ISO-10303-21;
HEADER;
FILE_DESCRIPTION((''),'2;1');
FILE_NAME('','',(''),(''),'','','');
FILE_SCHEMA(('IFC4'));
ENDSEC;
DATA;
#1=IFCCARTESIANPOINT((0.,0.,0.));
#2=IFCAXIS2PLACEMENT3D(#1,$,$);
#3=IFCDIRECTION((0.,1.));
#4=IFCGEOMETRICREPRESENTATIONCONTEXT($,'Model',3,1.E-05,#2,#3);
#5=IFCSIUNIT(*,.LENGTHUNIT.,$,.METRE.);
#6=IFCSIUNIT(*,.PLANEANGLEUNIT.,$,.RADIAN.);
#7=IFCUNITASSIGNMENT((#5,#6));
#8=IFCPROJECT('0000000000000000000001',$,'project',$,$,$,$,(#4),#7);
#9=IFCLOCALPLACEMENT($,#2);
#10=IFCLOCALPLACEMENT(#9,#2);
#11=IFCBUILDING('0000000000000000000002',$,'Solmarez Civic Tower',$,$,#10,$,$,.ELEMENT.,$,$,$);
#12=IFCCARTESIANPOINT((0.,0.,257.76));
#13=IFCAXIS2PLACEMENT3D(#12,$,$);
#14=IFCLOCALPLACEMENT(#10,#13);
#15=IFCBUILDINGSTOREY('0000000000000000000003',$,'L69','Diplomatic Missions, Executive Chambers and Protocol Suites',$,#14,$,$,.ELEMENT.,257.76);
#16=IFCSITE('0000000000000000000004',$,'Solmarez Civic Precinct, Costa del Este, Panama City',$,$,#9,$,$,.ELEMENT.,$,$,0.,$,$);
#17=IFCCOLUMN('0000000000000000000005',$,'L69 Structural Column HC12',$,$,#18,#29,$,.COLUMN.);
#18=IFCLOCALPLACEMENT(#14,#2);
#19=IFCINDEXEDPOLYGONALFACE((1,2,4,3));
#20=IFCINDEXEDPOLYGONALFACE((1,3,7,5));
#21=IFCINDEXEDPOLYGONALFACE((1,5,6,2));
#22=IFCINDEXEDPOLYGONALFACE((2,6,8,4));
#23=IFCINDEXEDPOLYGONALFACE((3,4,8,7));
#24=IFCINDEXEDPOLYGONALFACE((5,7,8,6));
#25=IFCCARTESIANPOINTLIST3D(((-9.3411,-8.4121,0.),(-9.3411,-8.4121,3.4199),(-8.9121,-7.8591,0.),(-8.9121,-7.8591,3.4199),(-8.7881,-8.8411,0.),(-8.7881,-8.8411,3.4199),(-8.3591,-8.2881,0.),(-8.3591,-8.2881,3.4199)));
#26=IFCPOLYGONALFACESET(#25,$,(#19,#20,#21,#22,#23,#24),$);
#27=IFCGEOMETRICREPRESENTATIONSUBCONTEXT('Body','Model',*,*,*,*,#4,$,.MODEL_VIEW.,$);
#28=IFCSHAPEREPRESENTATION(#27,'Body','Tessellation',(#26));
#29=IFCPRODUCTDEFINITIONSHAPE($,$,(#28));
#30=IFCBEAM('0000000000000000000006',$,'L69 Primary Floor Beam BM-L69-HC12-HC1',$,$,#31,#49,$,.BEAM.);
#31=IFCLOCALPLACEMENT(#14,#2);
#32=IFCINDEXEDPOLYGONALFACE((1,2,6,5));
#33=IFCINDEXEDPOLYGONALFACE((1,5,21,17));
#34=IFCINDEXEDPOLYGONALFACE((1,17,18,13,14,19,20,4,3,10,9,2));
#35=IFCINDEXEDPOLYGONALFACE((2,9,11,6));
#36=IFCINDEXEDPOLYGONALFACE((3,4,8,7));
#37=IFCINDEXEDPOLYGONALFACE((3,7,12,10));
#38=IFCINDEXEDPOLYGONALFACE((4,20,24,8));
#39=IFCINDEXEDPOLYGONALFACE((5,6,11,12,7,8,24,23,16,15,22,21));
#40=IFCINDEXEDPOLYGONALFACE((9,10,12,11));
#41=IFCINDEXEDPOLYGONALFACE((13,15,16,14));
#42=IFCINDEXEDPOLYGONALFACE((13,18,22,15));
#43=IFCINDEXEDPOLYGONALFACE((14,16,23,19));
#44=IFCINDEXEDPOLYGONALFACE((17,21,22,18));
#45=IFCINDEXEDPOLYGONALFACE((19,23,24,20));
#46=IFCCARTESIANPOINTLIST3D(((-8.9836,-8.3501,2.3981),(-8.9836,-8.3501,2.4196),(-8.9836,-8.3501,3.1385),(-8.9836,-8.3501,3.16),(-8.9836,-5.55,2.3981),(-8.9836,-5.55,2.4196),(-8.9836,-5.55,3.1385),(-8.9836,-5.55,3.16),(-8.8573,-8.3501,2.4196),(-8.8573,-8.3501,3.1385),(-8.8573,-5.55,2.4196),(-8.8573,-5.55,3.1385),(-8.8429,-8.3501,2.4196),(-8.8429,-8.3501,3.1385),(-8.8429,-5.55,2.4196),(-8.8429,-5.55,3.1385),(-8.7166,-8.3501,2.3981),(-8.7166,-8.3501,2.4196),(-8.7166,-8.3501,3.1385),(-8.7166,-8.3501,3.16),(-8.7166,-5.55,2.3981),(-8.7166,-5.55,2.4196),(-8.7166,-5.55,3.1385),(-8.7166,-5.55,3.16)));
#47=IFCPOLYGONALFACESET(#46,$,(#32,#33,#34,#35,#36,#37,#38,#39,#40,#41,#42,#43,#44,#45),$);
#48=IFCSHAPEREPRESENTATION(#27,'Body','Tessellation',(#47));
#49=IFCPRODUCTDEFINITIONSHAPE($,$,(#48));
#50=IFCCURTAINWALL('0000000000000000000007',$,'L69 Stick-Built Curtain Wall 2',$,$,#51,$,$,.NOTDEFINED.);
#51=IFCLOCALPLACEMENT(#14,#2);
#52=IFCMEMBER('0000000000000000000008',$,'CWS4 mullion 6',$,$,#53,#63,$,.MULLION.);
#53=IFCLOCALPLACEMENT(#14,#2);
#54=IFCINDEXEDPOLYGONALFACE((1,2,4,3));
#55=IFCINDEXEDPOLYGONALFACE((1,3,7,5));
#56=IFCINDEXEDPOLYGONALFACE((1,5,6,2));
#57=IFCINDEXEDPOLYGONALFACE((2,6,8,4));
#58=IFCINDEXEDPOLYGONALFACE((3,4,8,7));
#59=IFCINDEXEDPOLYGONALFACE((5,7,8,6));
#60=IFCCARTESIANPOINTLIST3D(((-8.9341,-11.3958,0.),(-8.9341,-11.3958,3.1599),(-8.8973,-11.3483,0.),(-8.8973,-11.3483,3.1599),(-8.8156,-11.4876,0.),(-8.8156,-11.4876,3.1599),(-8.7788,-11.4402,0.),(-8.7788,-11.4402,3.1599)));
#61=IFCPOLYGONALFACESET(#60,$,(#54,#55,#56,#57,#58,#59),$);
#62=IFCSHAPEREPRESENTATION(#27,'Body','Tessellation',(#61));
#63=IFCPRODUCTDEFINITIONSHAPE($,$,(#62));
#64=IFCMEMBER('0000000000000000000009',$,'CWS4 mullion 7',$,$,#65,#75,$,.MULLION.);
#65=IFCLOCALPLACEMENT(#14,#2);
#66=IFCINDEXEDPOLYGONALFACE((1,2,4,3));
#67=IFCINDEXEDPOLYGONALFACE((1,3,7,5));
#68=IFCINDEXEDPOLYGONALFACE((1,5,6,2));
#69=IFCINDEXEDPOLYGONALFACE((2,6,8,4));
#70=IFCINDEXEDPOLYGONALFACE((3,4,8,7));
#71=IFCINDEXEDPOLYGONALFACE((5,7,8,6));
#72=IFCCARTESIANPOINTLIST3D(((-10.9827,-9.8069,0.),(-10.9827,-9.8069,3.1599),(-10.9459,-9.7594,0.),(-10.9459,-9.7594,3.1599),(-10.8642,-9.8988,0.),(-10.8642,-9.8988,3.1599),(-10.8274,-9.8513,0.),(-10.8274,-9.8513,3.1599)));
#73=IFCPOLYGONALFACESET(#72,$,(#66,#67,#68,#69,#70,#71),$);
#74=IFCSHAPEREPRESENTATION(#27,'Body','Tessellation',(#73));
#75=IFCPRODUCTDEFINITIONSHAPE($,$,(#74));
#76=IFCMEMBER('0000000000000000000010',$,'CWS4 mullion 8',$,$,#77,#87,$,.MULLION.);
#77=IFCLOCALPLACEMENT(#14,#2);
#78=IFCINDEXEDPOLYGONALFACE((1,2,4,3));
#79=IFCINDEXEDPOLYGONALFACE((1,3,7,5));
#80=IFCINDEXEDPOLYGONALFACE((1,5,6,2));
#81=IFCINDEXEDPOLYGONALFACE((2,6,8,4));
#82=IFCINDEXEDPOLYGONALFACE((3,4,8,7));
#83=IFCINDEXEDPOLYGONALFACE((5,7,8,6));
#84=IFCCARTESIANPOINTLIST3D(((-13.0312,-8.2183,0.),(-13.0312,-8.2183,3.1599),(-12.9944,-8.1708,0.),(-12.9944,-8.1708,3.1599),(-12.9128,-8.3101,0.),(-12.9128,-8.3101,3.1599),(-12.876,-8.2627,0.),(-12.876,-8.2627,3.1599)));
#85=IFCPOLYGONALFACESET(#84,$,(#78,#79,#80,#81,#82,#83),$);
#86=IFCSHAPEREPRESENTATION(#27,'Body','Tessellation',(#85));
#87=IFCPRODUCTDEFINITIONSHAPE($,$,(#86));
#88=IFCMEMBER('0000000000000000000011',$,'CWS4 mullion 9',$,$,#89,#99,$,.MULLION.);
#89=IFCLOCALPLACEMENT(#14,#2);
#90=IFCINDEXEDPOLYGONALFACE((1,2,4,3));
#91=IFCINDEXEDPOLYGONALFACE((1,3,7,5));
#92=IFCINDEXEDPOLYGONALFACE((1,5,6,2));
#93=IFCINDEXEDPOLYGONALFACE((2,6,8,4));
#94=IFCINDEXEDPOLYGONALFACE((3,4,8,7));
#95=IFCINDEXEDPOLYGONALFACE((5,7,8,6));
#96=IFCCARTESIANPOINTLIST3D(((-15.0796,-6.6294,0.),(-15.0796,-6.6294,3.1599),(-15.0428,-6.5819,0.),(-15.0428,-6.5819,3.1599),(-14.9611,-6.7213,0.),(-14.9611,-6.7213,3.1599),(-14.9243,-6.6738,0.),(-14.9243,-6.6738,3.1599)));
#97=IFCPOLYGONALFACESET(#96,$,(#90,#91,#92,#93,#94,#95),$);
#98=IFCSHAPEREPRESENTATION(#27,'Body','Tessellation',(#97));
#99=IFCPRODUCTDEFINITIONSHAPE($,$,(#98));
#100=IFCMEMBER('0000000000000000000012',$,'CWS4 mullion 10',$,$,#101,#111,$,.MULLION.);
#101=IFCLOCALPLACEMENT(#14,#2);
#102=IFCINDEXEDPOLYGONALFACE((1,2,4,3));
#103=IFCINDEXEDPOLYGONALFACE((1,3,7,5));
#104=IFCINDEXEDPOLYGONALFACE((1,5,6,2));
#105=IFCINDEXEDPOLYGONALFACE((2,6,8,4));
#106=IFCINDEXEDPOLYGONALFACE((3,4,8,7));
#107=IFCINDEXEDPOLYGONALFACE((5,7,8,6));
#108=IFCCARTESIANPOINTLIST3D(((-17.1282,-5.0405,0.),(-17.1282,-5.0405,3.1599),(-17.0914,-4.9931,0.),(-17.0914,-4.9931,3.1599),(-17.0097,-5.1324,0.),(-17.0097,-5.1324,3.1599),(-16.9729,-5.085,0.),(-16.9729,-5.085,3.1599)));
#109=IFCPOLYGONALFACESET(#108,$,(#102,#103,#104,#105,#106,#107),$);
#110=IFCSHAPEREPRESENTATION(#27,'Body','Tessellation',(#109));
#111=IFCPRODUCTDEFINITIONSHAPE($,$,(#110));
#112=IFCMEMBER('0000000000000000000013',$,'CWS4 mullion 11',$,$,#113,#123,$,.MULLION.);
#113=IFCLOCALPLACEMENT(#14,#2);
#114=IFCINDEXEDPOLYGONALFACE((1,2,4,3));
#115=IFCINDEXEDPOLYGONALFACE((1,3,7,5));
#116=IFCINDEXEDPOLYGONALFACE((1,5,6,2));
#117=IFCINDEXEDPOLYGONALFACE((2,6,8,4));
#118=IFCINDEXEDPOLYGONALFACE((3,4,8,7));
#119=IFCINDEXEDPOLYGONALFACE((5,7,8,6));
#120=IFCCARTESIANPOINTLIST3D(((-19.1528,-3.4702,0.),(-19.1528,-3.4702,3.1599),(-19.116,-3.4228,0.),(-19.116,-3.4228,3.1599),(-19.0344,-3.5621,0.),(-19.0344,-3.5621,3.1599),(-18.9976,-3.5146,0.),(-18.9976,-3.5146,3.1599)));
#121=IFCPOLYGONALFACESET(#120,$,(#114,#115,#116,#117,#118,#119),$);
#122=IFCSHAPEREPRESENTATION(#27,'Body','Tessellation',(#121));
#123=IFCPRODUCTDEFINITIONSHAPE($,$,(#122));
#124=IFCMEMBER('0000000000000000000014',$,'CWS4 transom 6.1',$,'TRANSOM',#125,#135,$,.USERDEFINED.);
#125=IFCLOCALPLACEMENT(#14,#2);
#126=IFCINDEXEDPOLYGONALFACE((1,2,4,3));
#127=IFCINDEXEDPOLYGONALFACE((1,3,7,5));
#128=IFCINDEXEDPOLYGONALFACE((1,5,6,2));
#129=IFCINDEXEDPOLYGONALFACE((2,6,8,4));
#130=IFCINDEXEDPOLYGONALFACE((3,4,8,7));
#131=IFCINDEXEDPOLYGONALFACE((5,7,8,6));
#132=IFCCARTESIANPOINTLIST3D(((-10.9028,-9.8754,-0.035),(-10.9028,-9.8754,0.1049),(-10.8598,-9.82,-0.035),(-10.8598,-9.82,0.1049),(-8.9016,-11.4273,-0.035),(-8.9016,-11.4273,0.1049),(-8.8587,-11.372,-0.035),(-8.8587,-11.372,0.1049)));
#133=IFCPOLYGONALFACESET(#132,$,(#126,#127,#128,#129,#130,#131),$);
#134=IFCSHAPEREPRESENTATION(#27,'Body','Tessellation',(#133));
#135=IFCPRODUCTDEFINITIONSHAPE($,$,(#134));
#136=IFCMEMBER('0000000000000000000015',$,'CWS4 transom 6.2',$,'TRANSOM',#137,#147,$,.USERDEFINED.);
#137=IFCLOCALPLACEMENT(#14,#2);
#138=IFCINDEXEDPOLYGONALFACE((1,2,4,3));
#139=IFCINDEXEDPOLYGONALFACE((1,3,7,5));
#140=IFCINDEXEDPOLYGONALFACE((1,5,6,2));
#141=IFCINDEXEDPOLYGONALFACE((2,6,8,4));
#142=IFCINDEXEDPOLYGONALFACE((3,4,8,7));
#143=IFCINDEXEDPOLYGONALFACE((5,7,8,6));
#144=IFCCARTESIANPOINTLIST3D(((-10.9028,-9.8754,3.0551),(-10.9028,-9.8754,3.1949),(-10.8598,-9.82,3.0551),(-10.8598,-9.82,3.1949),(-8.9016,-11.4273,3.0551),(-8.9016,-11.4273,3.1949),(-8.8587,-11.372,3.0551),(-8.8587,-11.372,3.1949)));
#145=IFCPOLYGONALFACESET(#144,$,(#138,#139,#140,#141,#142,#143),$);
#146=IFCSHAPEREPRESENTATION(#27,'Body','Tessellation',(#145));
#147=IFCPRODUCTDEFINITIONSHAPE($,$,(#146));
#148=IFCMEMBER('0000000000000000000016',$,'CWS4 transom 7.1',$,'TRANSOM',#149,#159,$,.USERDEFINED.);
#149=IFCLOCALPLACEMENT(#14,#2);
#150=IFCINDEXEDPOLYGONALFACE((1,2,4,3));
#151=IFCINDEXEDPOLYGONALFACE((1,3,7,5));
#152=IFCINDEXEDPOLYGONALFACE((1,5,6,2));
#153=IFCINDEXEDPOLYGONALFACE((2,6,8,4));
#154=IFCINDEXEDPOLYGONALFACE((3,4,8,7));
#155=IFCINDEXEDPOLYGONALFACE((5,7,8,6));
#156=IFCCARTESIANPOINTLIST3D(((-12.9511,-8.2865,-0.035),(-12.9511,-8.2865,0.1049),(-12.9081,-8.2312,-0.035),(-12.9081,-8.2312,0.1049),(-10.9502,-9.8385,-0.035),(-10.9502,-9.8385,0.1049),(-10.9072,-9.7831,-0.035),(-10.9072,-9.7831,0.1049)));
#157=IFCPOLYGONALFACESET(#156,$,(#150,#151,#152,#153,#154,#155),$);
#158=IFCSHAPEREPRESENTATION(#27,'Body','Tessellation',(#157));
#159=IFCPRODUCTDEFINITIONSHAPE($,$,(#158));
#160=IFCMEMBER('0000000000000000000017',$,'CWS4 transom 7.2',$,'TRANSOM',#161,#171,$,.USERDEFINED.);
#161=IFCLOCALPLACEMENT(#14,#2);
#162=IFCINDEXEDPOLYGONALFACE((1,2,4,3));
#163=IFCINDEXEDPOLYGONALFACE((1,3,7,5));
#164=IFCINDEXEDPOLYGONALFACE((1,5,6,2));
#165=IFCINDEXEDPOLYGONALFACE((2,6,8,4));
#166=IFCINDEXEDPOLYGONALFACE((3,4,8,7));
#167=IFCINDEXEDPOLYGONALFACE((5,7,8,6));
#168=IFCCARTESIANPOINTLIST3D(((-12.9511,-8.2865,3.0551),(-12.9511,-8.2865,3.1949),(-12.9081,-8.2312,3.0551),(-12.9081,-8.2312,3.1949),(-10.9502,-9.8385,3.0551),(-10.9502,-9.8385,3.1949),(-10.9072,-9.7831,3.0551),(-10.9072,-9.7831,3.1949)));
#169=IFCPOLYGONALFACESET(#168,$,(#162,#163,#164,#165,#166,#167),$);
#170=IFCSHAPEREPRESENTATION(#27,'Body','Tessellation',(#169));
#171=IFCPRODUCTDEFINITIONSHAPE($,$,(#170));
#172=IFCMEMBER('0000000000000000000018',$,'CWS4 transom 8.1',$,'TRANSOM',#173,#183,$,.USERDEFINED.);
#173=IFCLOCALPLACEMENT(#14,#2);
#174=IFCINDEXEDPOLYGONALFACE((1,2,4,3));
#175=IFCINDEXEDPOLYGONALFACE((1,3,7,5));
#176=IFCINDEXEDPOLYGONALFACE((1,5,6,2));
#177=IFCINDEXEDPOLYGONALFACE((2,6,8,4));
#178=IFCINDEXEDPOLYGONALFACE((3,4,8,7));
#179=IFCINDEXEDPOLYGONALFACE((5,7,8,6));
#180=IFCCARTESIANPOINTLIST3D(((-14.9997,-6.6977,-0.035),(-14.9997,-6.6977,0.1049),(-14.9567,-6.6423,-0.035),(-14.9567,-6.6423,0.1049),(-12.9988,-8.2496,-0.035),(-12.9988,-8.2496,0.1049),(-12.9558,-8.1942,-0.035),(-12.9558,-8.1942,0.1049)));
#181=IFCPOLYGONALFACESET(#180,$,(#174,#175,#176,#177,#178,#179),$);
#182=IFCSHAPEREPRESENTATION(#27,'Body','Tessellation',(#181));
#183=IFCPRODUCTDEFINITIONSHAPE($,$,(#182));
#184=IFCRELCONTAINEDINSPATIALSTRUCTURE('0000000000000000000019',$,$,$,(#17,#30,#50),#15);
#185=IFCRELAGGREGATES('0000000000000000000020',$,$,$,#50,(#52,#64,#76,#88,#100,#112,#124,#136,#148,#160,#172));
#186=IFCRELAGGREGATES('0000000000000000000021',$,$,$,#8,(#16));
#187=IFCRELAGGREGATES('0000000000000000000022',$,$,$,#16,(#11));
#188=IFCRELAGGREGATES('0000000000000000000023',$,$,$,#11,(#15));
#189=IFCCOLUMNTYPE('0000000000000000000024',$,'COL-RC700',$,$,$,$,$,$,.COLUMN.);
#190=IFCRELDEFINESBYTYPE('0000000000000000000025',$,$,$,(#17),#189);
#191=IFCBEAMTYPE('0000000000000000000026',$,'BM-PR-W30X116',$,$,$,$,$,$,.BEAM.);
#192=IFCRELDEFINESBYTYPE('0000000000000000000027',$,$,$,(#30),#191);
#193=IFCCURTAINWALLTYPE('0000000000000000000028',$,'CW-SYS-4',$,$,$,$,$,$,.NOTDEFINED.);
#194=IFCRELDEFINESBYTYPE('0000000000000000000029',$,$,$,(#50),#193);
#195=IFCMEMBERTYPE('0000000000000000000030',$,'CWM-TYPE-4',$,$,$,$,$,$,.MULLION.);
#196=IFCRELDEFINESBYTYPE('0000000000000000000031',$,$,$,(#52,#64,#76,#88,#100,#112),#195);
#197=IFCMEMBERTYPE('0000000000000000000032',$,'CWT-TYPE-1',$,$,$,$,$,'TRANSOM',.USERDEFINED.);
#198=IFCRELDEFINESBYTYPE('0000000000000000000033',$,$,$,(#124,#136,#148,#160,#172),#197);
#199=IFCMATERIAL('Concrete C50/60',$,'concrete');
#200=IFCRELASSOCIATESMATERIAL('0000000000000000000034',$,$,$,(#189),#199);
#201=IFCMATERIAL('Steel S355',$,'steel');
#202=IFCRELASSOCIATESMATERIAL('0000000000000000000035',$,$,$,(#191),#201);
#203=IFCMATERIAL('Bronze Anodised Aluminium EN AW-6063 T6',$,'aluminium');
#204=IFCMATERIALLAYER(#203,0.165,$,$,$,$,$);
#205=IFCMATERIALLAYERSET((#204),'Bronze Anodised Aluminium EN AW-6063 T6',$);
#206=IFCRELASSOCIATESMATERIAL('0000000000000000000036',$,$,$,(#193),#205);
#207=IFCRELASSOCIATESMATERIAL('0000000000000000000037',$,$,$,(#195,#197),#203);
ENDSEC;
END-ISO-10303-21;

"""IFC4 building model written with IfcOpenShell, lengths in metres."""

from ifc_helpers import new_model, si_unit, direction, frame, origin, origin_2d, place, context, subcontext, project, spatial, rectangle, i_section, extrude, material, layer, layer_set, material_profile, profile_set, type_object, element, aggregate, save


model = new_model("IFC4")

# Units and contexts
model_context = context("Model", 3, precision=1e-05, world=origin(), true_north=direction((0.0, 1.0)))
body_context = subcontext(model_context, "Body", "Model", "MODEL_VIEW")
ifc_project = project(units=[si_unit("LENGTHUNIT", "METRE"), si_unit("PLANEANGLEUNIT", "RADIAN")], contexts=[model_context])

# Site, building, storey
site_placement = place(None, origin())
site = spatial("IfcSite", under=ifc_project, at=site_placement, Name="Solmarez Civic Precinct, Costa del Este, Panama City", CompositionType="ELEMENT", RefElevation=0.0)
building_placement = place(site_placement, origin())
building = spatial("IfcBuilding", under=site, at=building_placement, Name="Solmarez Civic Tower", CompositionType="ELEMENT")
storey_placement = place(building_placement, frame((0.0, 0.0, 257.76)))
storey = spatial("IfcBuildingStorey", under=building, at=storey_placement, Name="L69", Description="Diplomatic Missions, Executive Chambers and Protocol Suites", CompositionType="ELEMENT", Elevation=257.76)

# Column
ifc_material_1 = material(Name="Concrete C50/60", Category="concrete")
ifc_material_profile_1 = material_profile(ifc_material_1, rectangle(XDim=0.7, YDim=0.7, at=origin_2d()), Name="RC700X700")
ifc_profile_set_1 = profile_set([ifc_material_profile_1], Name="Concrete C50/60")
column_type = type_object("IfcColumnType", Name="COL-RC700", PredefinedType="COLUMN", material=ifc_profile_set_1)
column_placement = place(storey_placement, frame((-8.8501, -8.3501, 0.0), z_axis=(0.0, 0.0, 1.0), x_axis=(0.612907, 0.790155, 0.0)))
element("IfcColumn", 1, at=column_placement, inside=storey, type_object=column_type, Name="L69 Structural Column HC12", PredefinedType="COLUMN", context=body_context, shape_type="SweptSolid", body=[
    extrude(rectangle(XDim=0.7, YDim=0.7, at=origin_2d()), origin(), (0.0, 0.0, 1.0), 3.4199),
])

# Beam
ifc_material_2 = material(Name="Steel S355", Category="steel")
ifc_material_profile_2 = material_profile(ifc_material_2, i_section(OverallWidth=0.2671, OverallDepth=0.762, WebThickness=0.0144, FlangeThickness=0.0215, at=origin_2d()), Name="W30X116")
ifc_profile_set_2 = profile_set([ifc_material_profile_2], Name="Steel S355")
beam_type = type_object("IfcBeamType", Name="BM-PR-W30X116", PredefinedType="BEAM", material=ifc_profile_set_2)
beam_placement = place(storey_placement, frame((-8.8501, -8.3501, 2.7791), z_axis=(0.0, 1.0, 0.0), x_axis=(-1.0, 0.0, 0.0)))
element("IfcBeam", 2, at=beam_placement, inside=storey, type_object=beam_type, Name="L69 Primary Floor Beam BM-L69-HC12-HC1", PredefinedType="BEAM", context=body_context, shape_type="SweptSolid", body=[
    extrude(i_section(OverallWidth=0.2671, OverallDepth=0.762, WebThickness=0.0144, FlangeThickness=0.0215, at=origin_2d()), origin(), (0.0, 0.0, 1.0), 2.8),
])

# Curtain wall, members
ifc_material_3 = material(Name="Bronze Anodised Aluminium EN AW-6063 T6", Category="aluminium")
ifc_layer_1 = layer(ifc_material_3, 0.165)
ifc_layer_set_1 = layer_set([ifc_layer_1], Name="Bronze Anodised Aluminium EN AW-6063 T6")
curtain_wall_type = type_object("IfcCurtainWallType", Name="CW-SYS-4", PredefinedType="NOTDEFINED", material=ifc_layer_set_1)
curtain_wall_placement = place(storey_placement, origin())
curtain_wall = element("IfcCurtainWall", 3, at=curtain_wall_placement, inside=storey, type_object=curtain_wall_type, Name="L69 Stick-Built Curtain Wall 2", PredefinedType="NOTDEFINED")
ifc_material_profile_3 = material_profile(ifc_material_3, rectangle(XDim=0.0601, YDim=0.1499, at=origin_2d()), Name="CWM-60X150")
ifc_profile_set_3 = profile_set([ifc_material_profile_3], Name="Bronze Anodised Aluminium EN AW-6063 T6")
member_type_1 = type_object("IfcMemberType", Name="CWM-TYPE-4", PredefinedType="MULLION", material=ifc_profile_set_3)
member_1_placement = place(storey_placement, frame((-8.8564, -11.418, 0.0), z_axis=(0.0, 0.0, 1.0), x_axis=(-0.612864, -0.790189, 0.0)))
member_1 = element("IfcMember", 4, at=member_1_placement, type_object=member_type_1, Name="CWS4 mullion 6", PredefinedType="MULLION", context=body_context, shape_type="SweptSolid", body=[
    extrude(rectangle(XDim=0.0601, YDim=0.1499, at=origin_2d()), origin(), (0.0, 0.0, 1.0), 3.1599),
])
member_2_placement = place(storey_placement, frame((-10.905, -9.8291, 0.0), z_axis=(0.0, 0.0, 1.0), x_axis=(-0.612864, -0.790189, 0.0)))
member_2 = element("IfcMember", 5, at=member_2_placement, type_object=member_type_1, Name="CWS4 mullion 7", PredefinedType="MULLION", context=body_context, shape_type="SweptSolid", body=[
    extrude(rectangle(XDim=0.0601, YDim=0.1499, at=origin_2d()), origin(), (0.0, 0.0, 1.0), 3.1599),
])
member_3_placement = place(storey_placement, frame((-12.9536, -8.2405, 0.0), z_axis=(0.0, 0.0, 1.0), x_axis=(-0.612864, -0.790189, 0.0)))
member_3 = element("IfcMember", 6, at=member_3_placement, type_object=member_type_1, Name="CWS4 mullion 8", PredefinedType="MULLION", context=body_context, shape_type="SweptSolid", body=[
    extrude(rectangle(XDim=0.0601, YDim=0.1499, at=origin_2d()), origin(), (0.0, 0.0, 1.0), 3.1599),
])
member_4_placement = place(storey_placement, frame((-15.002, -6.6516, 0.0), z_axis=(0.0, 0.0, 1.0), x_axis=(-0.612864, -0.790189, 0.0)))
member_4 = element("IfcMember", 7, at=member_4_placement, type_object=member_type_1, Name="CWS4 mullion 9", PredefinedType="MULLION", context=body_context, shape_type="SweptSolid", body=[
    extrude(rectangle(XDim=0.0601, YDim=0.1499, at=origin_2d()), origin(), (0.0, 0.0, 1.0), 3.1599),
])
member_5_placement = place(storey_placement, frame((-17.0505, -5.0627, 0.0), z_axis=(0.0, 0.0, 1.0), x_axis=(-0.612864, -0.790189, 0.0)))
member_5 = element("IfcMember", 8, at=member_5_placement, type_object=member_type_1, Name="CWS4 mullion 10", PredefinedType="MULLION", context=body_context, shape_type="SweptSolid", body=[
    extrude(rectangle(XDim=0.0601, YDim=0.1499, at=origin_2d()), origin(), (0.0, 0.0, 1.0), 3.1599),
])
member_6_placement = place(storey_placement, frame((-19.0752, -3.4924, 0.0), z_axis=(0.0, 0.0, 1.0), x_axis=(-0.612864, -0.790189, 0.0)))
member_6 = element("IfcMember", 9, at=member_6_placement, type_object=member_type_1, Name="CWS4 mullion 11", PredefinedType="MULLION", context=body_context, shape_type="SweptSolid", body=[
    extrude(rectangle(XDim=0.0601, YDim=0.1499, at=origin_2d()), origin(), (0.0, 0.0, 1.0), 3.1599),
])
ifc_material_profile_4 = material_profile(ifc_material_3, rectangle(XDim=0.0701, YDim=0.1399, at=origin_2d()), Name="CWT-70X140")
ifc_profile_set_4 = profile_set([ifc_material_profile_4], Name="Bronze Anodised Aluminium EN AW-6063 T6")
member_type_2 = type_object("IfcMemberType", Name="CWT-TYPE-1", ElementType="TRANSOM", PredefinedType="USERDEFINED", material=ifc_profile_set_4)
member_7_placement = place(storey_placement, frame((-8.8801, -11.3997, 0.0349), z_axis=(-0.790213, 0.612832, 0.0), x_axis=(-0.612832, -0.790213, 0.0)))
member_7 = element("IfcMember", 10, at=member_7_placement, type_object=member_type_2, Name="CWS4 transom 6.1", ObjectType="TRANSOM", PredefinedType="USERDEFINED", context=body_context, shape_type="SweptSolid", body=[
    extrude(rectangle(XDim=0.0701, YDim=0.1399, at=origin_2d()), origin(), (0.0, 0.0, 1.0), 2.5325),
])
member_8_placement = place(storey_placement, frame((-8.8801, -11.3997, 3.125), z_axis=(-0.790213, 0.612832, 0.0), x_axis=(-0.612832, -0.790213, 0.0)))
member_8 = element("IfcMember", 11, at=member_8_placement, type_object=member_type_2, Name="CWS4 transom 6.2", ObjectType="TRANSOM", PredefinedType="USERDEFINED", context=body_context, shape_type="SweptSolid", body=[
    extrude(rectangle(XDim=0.0701, YDim=0.1399, at=origin_2d()), origin(), (0.0, 0.0, 1.0), 2.5325),
])
member_9_placement = place(storey_placement, frame((-10.9287, -9.8108, 0.0349), z_axis=(-0.790177, 0.612879, 0.0), x_axis=(-0.612879, -0.790177, 0.0)))
member_9 = element("IfcMember", 12, at=member_9_placement, type_object=member_type_2, Name="CWS4 transom 7.1", ObjectType="TRANSOM", PredefinedType="USERDEFINED", context=body_context, shape_type="SweptSolid", body=[
    extrude(rectangle(XDim=0.0701, YDim=0.1399, at=origin_2d()), origin(), (0.0, 0.0, 1.0), 2.5322),
])
member_10_placement = place(storey_placement, frame((-10.9287, -9.8108, 3.125), z_axis=(-0.790177, 0.612879, 0.0), x_axis=(-0.612879, -0.790177, 0.0)))
member_10 = element("IfcMember", 13, at=member_10_placement, type_object=member_type_2, Name="CWS4 transom 7.2", ObjectType="TRANSOM", PredefinedType="USERDEFINED", context=body_context, shape_type="SweptSolid", body=[
    extrude(rectangle(XDim=0.0701, YDim=0.1399, at=origin_2d()), origin(), (0.0, 0.0, 1.0), 2.5322),
])
member_11_placement = place(storey_placement, frame((-12.9773, -8.2219, 0.0349), z_axis=(-0.790177, 0.612879, 0.0), x_axis=(-0.612879, -0.790177, 0.0)))
member_11 = element("IfcMember", 14, at=member_11_placement, type_object=member_type_2, Name="CWS4 transom 8.1", ObjectType="TRANSOM", PredefinedType="USERDEFINED", context=body_context, shape_type="SweptSolid", body=[
    extrude(rectangle(XDim=0.0701, YDim=0.1399, at=origin_2d()), origin(), (0.0, 0.0, 1.0), 2.5322),
])
aggregate(curtain_wall, [member_1, member_2, member_3, member_4, member_5, member_6, member_7, member_8, member_9, member_10, member_11])

save(model, "model.ifc")
